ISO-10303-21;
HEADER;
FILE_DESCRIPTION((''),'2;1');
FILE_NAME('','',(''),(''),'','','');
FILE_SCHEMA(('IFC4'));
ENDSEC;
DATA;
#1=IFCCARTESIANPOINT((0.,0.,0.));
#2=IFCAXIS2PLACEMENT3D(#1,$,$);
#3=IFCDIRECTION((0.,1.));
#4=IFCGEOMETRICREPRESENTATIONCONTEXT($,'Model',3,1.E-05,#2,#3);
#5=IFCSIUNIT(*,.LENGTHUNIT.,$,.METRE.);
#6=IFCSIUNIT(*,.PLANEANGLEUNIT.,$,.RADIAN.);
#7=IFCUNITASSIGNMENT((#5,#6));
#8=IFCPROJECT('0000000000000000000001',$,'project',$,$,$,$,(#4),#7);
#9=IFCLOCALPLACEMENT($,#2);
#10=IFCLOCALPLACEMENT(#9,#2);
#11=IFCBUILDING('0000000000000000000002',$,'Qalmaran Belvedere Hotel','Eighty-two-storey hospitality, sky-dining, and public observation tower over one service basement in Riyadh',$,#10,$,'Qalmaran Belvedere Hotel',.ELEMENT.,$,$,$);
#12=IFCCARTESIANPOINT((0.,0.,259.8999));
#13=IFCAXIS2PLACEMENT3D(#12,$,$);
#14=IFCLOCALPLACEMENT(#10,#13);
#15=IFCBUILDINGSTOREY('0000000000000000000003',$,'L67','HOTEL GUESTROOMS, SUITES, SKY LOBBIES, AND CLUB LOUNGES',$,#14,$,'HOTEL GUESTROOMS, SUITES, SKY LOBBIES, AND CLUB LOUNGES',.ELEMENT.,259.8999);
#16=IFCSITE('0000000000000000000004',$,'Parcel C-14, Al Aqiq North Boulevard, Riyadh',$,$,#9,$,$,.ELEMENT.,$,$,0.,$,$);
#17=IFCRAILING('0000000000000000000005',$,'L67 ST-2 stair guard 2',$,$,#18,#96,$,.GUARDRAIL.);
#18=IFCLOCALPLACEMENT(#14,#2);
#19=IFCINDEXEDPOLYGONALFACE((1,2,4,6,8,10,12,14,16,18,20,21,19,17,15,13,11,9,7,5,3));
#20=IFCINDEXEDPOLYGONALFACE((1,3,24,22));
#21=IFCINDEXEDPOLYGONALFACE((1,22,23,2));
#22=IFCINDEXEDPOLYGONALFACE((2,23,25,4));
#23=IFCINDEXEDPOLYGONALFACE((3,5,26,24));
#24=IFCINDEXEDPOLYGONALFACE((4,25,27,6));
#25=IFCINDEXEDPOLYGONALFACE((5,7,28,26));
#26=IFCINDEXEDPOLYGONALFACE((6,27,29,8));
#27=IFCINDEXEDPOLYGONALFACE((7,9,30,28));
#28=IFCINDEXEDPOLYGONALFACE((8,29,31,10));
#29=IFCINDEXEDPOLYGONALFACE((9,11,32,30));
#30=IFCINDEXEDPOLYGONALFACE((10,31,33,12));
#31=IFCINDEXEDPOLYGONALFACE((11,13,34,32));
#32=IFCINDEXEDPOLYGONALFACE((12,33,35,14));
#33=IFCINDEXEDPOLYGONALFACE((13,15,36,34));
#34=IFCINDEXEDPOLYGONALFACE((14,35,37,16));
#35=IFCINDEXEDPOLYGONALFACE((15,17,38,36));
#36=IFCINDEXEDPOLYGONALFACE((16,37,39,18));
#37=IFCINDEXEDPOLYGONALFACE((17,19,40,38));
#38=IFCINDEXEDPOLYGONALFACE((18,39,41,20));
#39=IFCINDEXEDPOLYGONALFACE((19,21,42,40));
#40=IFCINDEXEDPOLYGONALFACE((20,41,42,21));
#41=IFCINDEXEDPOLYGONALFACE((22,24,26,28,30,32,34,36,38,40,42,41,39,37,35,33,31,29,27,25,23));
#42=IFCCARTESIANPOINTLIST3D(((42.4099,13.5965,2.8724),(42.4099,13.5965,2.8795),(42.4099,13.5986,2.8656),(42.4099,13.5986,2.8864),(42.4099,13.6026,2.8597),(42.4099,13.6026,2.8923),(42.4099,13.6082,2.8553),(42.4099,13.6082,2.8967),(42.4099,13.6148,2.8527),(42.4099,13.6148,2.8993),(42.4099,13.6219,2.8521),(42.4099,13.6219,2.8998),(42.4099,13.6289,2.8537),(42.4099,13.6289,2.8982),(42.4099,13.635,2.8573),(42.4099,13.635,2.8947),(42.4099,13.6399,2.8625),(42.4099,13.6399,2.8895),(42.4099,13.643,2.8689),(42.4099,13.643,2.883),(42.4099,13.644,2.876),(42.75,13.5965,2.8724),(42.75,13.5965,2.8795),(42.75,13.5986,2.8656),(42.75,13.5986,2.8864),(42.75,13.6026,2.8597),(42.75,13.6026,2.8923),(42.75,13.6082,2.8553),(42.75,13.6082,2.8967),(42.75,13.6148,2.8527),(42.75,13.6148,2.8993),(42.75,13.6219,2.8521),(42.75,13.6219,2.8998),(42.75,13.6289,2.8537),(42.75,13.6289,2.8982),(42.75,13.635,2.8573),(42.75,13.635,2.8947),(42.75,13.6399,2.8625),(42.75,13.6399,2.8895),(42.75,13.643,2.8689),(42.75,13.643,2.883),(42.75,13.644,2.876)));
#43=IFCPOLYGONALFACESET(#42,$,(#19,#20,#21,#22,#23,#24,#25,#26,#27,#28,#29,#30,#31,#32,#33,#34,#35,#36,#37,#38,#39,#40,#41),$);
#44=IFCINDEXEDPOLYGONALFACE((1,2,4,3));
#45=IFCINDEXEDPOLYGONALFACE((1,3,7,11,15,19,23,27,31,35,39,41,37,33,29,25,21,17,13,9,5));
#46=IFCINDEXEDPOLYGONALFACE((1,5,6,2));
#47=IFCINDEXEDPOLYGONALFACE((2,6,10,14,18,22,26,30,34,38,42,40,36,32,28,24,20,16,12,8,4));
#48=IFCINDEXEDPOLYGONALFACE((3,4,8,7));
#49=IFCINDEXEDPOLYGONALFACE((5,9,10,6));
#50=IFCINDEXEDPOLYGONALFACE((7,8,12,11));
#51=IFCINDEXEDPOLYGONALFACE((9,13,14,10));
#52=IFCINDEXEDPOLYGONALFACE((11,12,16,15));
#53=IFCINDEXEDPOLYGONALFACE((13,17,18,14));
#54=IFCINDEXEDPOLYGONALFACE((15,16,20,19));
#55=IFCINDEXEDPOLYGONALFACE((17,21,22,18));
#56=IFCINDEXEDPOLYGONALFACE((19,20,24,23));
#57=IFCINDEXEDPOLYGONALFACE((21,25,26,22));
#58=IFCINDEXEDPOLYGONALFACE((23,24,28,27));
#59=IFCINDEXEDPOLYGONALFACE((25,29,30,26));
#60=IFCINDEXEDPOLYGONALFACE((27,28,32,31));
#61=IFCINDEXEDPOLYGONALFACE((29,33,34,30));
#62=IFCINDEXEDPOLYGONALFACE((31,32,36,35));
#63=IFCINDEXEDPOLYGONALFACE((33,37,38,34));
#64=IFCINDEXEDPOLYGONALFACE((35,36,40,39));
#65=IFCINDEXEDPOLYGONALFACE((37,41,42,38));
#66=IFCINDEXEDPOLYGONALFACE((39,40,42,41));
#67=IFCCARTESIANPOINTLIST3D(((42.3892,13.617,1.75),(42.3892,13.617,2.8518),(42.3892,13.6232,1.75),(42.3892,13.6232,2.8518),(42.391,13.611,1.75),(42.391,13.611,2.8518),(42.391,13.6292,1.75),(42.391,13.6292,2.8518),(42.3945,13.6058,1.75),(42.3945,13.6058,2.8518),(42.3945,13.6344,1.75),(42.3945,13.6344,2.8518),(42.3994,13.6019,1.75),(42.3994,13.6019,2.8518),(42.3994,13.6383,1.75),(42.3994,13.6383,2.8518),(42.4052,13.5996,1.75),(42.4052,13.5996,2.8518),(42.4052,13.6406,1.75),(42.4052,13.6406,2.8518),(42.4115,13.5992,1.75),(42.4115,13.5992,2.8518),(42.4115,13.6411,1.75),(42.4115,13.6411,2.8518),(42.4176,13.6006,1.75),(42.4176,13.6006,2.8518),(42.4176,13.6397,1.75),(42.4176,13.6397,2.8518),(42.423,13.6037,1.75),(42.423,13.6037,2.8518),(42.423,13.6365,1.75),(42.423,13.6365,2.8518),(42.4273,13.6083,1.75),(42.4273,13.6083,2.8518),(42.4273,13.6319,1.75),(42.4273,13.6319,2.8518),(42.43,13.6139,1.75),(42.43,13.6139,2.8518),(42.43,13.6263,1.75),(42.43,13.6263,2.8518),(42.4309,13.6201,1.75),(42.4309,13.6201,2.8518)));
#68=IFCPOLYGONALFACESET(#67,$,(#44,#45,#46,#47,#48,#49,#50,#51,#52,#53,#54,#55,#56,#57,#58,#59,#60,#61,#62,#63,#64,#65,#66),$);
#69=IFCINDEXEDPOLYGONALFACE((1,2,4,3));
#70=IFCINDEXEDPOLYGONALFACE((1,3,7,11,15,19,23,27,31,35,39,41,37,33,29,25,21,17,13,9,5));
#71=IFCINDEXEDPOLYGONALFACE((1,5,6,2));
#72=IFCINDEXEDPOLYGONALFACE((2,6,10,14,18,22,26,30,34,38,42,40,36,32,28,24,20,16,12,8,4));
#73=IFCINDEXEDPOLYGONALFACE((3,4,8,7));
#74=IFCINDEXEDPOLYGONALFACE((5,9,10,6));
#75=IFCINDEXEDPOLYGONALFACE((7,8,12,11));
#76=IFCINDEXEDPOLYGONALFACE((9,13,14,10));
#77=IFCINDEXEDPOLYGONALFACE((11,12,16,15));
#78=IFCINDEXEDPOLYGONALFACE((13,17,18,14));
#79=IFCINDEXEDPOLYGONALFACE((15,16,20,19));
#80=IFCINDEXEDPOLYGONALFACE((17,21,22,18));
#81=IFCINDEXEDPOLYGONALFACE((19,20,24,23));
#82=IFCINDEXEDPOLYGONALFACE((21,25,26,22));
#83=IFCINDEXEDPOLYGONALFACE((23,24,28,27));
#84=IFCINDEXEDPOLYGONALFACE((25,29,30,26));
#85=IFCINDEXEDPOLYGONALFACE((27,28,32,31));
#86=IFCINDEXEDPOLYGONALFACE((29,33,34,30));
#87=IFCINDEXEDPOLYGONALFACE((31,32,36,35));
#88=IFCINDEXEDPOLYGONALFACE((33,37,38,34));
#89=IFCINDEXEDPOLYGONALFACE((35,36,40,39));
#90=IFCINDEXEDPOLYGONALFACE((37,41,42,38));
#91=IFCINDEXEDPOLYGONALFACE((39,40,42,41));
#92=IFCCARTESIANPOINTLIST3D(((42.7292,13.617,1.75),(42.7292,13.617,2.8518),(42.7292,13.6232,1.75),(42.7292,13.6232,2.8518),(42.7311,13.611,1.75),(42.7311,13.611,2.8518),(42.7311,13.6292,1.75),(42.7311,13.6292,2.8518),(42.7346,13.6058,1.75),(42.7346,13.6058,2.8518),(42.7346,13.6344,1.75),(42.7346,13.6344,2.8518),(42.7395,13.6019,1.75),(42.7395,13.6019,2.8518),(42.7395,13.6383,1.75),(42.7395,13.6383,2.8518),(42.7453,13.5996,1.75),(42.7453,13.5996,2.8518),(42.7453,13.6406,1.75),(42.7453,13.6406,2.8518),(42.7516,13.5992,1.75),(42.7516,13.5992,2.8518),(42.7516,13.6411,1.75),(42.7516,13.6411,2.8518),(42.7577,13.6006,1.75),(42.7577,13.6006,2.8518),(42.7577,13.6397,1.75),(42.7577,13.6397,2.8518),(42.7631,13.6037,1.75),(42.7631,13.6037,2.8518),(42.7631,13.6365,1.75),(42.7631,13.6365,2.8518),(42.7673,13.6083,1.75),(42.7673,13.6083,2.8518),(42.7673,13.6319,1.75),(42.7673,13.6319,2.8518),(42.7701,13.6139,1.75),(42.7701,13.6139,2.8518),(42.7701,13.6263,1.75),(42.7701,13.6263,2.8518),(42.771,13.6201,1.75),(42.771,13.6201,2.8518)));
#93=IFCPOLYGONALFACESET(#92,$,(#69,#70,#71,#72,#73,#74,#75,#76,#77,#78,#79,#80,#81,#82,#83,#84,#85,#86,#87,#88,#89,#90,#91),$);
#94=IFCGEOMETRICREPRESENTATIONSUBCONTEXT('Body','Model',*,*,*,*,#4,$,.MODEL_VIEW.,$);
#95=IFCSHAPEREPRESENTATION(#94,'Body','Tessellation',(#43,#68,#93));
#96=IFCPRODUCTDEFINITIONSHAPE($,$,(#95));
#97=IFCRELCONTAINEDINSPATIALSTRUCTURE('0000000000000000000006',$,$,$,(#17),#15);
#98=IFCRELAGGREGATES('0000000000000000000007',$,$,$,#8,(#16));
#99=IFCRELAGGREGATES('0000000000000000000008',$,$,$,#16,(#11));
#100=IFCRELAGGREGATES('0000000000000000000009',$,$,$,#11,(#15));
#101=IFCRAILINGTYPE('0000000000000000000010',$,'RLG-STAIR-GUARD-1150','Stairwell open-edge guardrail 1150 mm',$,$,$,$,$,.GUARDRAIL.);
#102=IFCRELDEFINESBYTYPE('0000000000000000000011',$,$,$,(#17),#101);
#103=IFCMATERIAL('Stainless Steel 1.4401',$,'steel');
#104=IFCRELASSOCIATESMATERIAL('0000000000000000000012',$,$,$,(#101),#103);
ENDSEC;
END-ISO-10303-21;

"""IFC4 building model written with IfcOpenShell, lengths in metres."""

from ifc_helpers import new_model, si_unit, direction, frame, origin, origin_2d, place, context, subcontext, project, spatial, circle, extrude, material, type_object, element, save


model = new_model("IFC4")

# Units and contexts
model_context = context("Model", 3, precision=1e-05, world=origin(), true_north=direction((0.0, 1.0)))
body_context = subcontext(model_context, "Body", "Model", "MODEL_VIEW")
ifc_project = project(units=[si_unit("LENGTHUNIT", "METRE"), si_unit("PLANEANGLEUNIT", "RADIAN")], contexts=[model_context])

# Site, building, storey
site_placement = place(None, origin())
site = spatial("IfcSite", under=ifc_project, at=site_placement, Name="Parcel C-14, Al Aqiq North Boulevard, Riyadh", CompositionType="ELEMENT", RefElevation=0.0)
building_placement = place(site_placement, origin())
building = spatial("IfcBuilding", under=site, at=building_placement, Name="Qalmaran Belvedere Hotel", Description="Eighty-two-storey hospitality, sky-dining, and public observation tower over one service basement in Riyadh", LongName="Qalmaran Belvedere Hotel", CompositionType="ELEMENT")
storey_placement = place(building_placement, frame((0.0, 0.0, 259.8999)))
storey = spatial("IfcBuildingStorey", under=building, at=storey_placement, Name="L67", Description="HOTEL GUESTROOMS, SUITES, SKY LOBBIES, AND CLUB LOUNGES", LongName="HOTEL GUESTROOMS, SUITES, SKY LOBBIES, AND CLUB LOUNGES", CompositionType="ELEMENT", Elevation=259.8999)

# Railing
ifc_material_1 = material(Name="Stainless Steel 1.4401", Category="steel")
railing_type_1 = type_object("IfcRailingType", Name="RLG-STAIR-GUARD-1150", Description="Stairwell open-edge guardrail 1150 mm", PredefinedType="GUARDRAIL", material=ifc_material_1)
railing_1_placement = place(storey_placement, frame((42.4099, 13.6201, 1.75)))
element("IfcRailing", 1, at=railing_1_placement, inside=storey, type_object=railing_type_1, Name="L67 ST-2 stair guard 2", PredefinedType="GUARDRAIL", context=body_context, shape_type="SweptSolid", body=[
    extrude(circle(Radius=0.0239, at=origin_2d()), frame((0.0, 0.0, 1.126), z_axis=(1.0, 0.0, 0.0), x_axis=(0.0, 1.0, 0.0)), (0.0, 0.0, 1.0), 0.3401),
    extrude(circle(Radius=0.021, at=origin_2d()), origin(), (0.0, 0.0, 1.0), 1.1018),
    extrude(circle(Radius=0.021, at=origin_2d()), frame((0.3401, 0.0, 0.0)), (0.0, 0.0, 1.0), 1.1018),
])

save(model, "model.ifc")
